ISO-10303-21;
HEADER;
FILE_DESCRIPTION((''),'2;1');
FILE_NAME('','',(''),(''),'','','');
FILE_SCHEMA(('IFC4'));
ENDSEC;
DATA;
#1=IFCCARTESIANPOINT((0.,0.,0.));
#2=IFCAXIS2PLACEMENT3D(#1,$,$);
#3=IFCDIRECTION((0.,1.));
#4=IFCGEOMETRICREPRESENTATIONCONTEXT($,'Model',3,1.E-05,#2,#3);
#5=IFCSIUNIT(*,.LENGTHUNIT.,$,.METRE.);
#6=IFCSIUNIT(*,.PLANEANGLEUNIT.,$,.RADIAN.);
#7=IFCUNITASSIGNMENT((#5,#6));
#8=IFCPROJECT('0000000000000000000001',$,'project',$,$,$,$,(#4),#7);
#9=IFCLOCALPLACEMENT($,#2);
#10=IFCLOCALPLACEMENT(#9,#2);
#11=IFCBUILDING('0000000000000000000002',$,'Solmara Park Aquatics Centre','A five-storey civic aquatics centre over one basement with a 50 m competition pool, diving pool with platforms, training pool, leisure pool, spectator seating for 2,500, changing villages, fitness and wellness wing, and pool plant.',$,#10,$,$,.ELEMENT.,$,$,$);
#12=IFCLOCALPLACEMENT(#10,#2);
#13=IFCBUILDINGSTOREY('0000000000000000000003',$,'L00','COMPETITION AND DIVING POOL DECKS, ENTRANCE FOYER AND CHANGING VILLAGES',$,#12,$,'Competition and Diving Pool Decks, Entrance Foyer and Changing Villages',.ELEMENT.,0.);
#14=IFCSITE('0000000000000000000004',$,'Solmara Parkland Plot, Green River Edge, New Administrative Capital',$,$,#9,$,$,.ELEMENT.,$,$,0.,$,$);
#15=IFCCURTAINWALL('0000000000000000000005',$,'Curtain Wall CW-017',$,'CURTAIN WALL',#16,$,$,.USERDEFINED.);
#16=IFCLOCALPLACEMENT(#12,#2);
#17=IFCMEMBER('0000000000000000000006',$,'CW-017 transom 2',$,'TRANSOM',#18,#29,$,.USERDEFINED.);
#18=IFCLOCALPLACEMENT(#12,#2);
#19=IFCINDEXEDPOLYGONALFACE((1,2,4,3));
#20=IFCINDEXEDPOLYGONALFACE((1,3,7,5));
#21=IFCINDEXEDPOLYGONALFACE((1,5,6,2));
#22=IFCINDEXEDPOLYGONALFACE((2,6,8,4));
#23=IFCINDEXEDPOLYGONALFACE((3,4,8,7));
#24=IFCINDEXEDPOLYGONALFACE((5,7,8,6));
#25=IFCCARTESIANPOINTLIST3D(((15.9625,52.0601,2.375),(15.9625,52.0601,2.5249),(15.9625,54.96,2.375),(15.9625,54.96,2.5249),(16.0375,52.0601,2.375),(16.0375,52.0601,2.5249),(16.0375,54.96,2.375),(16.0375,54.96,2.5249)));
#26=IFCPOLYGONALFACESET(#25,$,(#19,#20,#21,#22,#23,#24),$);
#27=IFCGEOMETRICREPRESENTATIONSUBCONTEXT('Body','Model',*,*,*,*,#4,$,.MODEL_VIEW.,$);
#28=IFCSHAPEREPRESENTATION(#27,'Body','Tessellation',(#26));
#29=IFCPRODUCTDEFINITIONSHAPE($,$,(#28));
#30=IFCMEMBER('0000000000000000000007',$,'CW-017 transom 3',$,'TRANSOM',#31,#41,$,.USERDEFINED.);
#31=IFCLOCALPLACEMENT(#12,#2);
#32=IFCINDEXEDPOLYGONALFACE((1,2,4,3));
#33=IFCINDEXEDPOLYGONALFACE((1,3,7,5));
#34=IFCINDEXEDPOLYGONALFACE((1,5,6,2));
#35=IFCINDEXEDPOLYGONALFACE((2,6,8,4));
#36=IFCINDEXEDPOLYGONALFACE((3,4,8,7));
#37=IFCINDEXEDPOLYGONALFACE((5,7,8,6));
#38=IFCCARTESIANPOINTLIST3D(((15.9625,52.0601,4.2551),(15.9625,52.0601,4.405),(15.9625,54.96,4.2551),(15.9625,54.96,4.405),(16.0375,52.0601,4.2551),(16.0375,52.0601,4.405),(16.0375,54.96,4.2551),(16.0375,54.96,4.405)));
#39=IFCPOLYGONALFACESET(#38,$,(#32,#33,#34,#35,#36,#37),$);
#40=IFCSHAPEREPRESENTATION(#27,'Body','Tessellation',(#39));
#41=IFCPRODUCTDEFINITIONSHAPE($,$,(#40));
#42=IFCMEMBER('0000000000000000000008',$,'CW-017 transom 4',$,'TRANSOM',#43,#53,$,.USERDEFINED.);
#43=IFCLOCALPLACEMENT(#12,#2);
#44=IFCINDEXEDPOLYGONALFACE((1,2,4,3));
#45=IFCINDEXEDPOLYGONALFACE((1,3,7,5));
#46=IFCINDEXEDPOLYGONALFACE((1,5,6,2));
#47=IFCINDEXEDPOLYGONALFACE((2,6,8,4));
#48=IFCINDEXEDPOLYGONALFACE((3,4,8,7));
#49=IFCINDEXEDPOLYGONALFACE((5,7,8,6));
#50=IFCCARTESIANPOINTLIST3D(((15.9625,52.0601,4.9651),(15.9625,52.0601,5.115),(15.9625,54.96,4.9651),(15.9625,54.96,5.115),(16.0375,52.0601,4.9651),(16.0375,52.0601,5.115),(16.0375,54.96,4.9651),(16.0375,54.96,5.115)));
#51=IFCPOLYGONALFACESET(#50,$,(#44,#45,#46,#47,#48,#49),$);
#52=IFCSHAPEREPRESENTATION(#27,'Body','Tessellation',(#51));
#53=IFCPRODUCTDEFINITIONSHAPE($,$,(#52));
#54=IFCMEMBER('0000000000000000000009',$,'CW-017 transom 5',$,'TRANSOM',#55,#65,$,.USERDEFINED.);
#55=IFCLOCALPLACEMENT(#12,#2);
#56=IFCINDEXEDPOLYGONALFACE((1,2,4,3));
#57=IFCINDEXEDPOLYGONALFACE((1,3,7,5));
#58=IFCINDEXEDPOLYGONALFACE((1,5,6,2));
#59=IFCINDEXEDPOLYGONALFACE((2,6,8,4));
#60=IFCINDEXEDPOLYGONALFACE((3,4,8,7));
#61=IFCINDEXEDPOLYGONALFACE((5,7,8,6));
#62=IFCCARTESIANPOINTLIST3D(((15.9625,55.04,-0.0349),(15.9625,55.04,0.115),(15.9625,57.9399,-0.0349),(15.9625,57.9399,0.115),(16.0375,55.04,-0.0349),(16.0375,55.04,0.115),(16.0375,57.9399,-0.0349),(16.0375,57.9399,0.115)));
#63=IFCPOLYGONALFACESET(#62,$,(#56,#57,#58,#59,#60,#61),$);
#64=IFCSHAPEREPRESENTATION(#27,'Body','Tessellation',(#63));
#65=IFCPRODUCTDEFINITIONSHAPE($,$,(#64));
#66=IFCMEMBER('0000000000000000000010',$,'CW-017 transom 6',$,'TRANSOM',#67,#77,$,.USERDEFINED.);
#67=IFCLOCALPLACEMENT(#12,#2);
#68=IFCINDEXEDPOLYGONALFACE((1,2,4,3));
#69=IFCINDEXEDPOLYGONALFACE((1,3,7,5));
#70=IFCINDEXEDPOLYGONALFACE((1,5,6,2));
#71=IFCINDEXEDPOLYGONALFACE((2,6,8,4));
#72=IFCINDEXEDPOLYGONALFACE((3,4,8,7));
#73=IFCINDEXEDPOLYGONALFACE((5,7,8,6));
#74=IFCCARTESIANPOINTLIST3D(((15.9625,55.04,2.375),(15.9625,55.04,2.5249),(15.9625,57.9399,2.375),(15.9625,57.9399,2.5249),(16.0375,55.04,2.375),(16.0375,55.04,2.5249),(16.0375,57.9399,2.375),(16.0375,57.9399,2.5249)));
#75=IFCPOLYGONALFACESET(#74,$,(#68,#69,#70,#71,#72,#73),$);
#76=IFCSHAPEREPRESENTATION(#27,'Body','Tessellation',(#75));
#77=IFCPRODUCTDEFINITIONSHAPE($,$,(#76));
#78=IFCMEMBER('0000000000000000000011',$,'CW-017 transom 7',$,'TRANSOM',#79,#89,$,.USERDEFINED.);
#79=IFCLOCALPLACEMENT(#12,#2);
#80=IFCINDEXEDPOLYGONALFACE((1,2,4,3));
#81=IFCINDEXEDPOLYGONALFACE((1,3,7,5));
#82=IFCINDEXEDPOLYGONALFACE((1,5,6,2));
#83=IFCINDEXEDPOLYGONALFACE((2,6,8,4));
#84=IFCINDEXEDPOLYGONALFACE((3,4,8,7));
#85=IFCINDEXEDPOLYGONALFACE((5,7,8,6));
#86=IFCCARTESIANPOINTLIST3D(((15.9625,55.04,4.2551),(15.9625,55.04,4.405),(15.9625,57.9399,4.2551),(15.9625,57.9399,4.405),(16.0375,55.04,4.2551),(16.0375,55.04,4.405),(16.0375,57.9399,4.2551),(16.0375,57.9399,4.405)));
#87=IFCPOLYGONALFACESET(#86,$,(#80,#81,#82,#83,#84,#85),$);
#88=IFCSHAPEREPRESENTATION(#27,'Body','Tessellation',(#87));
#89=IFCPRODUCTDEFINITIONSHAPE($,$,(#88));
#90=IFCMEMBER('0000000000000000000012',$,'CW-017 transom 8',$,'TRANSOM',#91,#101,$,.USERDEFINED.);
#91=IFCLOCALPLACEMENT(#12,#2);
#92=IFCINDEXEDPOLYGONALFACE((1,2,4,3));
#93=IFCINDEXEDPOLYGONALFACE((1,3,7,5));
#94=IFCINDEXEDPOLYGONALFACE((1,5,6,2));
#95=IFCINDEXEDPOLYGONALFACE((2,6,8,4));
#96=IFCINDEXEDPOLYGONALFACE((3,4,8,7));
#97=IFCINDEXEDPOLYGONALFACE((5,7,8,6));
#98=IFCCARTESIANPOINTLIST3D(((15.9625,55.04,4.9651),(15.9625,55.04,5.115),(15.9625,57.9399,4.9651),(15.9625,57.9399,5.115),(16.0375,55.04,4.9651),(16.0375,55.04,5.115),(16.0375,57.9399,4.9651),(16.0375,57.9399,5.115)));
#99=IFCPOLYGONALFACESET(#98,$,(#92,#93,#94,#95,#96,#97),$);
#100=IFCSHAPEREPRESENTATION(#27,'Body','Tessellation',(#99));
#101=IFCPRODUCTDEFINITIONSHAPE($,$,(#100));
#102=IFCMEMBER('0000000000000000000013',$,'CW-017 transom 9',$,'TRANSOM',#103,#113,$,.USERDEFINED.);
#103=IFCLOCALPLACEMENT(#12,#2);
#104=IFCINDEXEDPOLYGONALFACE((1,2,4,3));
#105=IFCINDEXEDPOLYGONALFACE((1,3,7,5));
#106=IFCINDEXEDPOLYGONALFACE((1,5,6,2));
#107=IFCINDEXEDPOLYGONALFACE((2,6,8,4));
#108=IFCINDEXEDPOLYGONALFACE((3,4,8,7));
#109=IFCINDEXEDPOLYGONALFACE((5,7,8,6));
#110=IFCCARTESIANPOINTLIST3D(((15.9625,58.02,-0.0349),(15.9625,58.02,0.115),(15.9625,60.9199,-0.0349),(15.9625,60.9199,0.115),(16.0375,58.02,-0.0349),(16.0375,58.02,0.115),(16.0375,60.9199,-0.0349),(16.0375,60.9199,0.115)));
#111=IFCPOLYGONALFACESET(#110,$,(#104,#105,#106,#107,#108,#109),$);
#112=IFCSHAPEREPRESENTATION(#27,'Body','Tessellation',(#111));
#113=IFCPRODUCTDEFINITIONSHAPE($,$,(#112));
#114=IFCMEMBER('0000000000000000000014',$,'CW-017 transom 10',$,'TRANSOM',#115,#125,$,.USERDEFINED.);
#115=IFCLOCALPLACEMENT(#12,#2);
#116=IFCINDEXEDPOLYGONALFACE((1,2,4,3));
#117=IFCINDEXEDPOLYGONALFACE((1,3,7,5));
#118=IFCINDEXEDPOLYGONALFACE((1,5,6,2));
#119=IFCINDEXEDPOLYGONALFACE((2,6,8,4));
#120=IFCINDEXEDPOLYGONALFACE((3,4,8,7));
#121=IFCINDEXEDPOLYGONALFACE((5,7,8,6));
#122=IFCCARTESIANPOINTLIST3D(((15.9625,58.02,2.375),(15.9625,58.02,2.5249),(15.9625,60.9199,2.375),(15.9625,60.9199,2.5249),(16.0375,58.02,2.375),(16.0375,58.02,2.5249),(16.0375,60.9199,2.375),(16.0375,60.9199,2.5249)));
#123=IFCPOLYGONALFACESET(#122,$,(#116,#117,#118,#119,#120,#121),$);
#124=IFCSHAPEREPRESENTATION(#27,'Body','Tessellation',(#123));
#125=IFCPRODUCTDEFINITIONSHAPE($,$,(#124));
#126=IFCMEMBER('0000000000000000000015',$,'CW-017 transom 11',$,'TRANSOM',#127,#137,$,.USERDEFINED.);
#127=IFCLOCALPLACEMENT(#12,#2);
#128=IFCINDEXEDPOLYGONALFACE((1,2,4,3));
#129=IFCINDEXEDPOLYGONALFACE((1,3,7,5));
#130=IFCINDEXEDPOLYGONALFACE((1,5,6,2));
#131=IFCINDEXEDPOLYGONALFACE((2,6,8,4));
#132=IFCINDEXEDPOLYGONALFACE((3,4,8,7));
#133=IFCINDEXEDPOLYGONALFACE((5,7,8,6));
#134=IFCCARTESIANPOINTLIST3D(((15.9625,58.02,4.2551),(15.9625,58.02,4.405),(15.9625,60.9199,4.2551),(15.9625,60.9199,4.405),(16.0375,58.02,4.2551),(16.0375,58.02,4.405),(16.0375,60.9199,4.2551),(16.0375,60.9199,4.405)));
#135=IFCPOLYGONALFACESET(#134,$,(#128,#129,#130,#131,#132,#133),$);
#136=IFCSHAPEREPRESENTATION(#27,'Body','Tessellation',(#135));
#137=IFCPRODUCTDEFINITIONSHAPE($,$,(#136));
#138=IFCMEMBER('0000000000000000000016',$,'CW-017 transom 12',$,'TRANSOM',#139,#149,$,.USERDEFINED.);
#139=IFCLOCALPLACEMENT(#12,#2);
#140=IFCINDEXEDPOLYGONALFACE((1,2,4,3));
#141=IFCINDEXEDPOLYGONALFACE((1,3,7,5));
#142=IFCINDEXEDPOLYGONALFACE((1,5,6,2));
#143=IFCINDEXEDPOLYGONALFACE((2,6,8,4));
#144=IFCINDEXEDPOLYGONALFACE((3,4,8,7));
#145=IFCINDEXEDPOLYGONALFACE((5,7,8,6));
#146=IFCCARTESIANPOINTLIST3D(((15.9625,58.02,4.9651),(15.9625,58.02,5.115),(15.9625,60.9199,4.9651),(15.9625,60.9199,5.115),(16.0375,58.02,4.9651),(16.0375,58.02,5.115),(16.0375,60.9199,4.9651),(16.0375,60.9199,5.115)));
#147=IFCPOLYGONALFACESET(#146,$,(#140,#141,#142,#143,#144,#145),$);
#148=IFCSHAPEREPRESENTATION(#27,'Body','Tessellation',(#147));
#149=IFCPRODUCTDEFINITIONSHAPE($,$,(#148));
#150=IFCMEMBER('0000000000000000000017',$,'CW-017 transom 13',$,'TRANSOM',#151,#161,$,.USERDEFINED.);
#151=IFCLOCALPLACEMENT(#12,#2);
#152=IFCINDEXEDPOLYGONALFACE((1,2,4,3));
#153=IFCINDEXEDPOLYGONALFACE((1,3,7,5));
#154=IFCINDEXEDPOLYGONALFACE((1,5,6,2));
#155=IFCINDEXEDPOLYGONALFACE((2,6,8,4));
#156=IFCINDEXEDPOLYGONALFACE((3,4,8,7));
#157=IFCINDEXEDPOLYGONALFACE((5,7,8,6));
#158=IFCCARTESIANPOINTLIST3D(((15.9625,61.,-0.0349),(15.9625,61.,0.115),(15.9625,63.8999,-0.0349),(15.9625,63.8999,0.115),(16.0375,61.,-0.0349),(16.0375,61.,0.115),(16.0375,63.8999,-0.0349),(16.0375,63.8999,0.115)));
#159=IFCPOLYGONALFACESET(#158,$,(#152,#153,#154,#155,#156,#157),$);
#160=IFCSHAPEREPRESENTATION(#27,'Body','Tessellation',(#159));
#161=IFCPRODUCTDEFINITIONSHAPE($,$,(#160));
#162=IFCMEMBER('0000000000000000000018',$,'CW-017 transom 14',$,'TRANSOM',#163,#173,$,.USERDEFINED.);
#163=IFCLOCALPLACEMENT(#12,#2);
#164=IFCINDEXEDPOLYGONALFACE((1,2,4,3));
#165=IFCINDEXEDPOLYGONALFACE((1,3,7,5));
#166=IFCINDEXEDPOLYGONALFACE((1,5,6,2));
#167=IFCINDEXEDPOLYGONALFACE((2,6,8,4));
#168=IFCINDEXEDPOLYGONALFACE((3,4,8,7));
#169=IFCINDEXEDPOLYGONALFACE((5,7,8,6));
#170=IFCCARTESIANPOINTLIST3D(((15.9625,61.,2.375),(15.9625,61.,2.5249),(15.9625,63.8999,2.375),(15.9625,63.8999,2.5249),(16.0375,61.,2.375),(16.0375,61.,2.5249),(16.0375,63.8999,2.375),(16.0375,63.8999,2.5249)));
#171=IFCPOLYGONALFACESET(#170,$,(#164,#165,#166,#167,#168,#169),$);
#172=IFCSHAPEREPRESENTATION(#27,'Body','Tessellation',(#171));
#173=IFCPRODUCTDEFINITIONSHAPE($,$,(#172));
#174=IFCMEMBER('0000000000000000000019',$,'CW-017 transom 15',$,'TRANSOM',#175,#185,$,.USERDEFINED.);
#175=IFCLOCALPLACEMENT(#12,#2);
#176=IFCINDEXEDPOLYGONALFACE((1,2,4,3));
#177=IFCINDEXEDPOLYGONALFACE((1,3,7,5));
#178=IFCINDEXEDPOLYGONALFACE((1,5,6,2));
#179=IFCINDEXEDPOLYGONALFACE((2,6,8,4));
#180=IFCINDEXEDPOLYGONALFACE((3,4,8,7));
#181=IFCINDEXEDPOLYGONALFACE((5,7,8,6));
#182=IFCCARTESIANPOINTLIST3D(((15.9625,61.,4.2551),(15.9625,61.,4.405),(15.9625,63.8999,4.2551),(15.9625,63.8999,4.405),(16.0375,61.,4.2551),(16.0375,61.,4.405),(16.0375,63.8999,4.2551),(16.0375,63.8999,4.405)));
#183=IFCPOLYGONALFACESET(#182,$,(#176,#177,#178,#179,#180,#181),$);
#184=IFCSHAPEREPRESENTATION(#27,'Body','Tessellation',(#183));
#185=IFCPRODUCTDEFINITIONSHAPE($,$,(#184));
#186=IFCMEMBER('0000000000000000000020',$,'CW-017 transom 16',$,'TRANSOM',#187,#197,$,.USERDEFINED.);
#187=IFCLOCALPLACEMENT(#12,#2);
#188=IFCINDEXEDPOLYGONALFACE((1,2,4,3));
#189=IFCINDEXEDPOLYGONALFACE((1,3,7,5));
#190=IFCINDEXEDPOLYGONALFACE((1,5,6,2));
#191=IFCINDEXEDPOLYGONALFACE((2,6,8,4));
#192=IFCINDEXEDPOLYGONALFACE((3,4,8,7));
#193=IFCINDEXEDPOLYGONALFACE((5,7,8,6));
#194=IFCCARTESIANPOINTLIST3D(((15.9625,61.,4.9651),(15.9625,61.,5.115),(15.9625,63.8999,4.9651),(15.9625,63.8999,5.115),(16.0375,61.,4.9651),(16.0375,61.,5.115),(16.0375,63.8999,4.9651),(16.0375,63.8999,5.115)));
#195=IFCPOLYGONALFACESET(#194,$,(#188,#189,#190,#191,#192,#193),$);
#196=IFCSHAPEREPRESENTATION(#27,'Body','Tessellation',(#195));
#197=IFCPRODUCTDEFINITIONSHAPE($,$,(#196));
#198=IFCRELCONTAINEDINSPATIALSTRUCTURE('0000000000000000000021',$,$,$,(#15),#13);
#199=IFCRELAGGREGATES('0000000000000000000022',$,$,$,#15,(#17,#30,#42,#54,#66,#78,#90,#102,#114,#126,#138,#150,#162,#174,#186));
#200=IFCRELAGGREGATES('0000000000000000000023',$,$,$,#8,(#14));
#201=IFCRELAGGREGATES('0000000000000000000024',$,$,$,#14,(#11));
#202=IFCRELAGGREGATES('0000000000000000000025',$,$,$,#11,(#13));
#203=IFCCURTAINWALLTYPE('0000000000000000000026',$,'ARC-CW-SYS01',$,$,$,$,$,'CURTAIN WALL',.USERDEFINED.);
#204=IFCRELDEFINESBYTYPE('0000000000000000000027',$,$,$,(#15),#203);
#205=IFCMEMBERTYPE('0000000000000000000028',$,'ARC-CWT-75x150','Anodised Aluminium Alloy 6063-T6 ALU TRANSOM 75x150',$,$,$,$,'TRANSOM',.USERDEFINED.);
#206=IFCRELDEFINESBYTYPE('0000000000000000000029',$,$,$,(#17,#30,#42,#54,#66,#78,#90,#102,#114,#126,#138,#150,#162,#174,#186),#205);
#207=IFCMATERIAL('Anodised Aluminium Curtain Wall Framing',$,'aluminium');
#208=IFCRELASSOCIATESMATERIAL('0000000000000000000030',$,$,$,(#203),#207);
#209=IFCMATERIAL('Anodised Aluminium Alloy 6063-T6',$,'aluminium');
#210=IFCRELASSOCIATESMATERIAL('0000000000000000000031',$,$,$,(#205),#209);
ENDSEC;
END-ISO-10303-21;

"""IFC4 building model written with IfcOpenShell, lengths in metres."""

from ifc_helpers import new_model, si_unit, direction, frame, origin, origin_2d, place, context, subcontext, project, spatial, rectangle, extrude, material, material_profile, profile_set, type_object, element, aggregate, save


model = new_model("IFC4")

# Units and contexts
model_context = context("Model", 3, precision=1e-05, world=origin(), true_north=direction((0.0, 1.0)))
body_context = subcontext(model_context, "Body", "Model", "MODEL_VIEW")
ifc_project = project(units=[si_unit("LENGTHUNIT", "METRE"), si_unit("PLANEANGLEUNIT", "RADIAN")], contexts=[model_context])

# Site, building, storey
site_placement = place(None, origin())
site = spatial("IfcSite", under=ifc_project, at=site_placement, Name="Solmara Parkland Plot, Green River Edge, New Administrative Capital", CompositionType="ELEMENT", RefElevation=0.0)
building_placement = place(site_placement, origin())
building = spatial("IfcBuilding", under=site, at=building_placement, Name="Solmara Park Aquatics Centre", Description="A five-storey civic aquatics centre over one basement with a 50 m competition pool, diving pool with platforms, training pool, leisure pool, spectator seating for 2,500, changing villages, fitness and wellness wing, and pool plant.", CompositionType="ELEMENT")
storey_placement = place(building_placement, origin())
storey = spatial("IfcBuildingStorey", under=building, at=storey_placement, Name="L00", Description="COMPETITION AND DIVING POOL DECKS, ENTRANCE FOYER AND CHANGING VILLAGES", LongName="Competition and Diving Pool Decks, Entrance Foyer and Changing Villages", CompositionType="ELEMENT", Elevation=0.0)

# Shared definitions
ifc_material_1 = material(Name="Anodised Aluminium Curtain Wall Framing", Category="aluminium")
curtain_wall_type = type_object("IfcCurtainWallType", Name="ARC-CW-SYS01", ElementType="CURTAIN WALL", PredefinedType="USERDEFINED", material=ifc_material_1)
ifc_material_2 = material(Name="Anodised Aluminium Alloy 6063-T6", Category="aluminium")

# Curtain wall, members
curtain_wall_1_placement = place(storey_placement, origin())
curtain_wall_1 = element("IfcCurtainWall", 1, at=curtain_wall_1_placement, inside=storey, type_object=curtain_wall_type, Name="Curtain Wall CW-017", ObjectType="CURTAIN WALL", PredefinedType="USERDEFINED")
ifc_material_profile_1 = material_profile(ifc_material_2, rectangle(XDim=0.075, YDim=0.1499, at=origin_2d()), Name="ALU TRANSOM 75x150")
ifc_profile_set_1 = profile_set([ifc_material_profile_1], Name="Anodised Aluminium Alloy 6063-T6")
member_type_1 = type_object("IfcMemberType", Name="ARC-CWT-75x150", Description="Anodised Aluminium Alloy 6063-T6 ALU TRANSOM 75x150", ElementType="TRANSOM", PredefinedType="USERDEFINED", material=ifc_profile_set_1)
member_1_placement = place(storey_placement, frame((16.0, 52.0601, 2.45), z_axis=(0.0, 1.0, 0.0), x_axis=(-1.0, 0.0, 0.0)))
member_1 = element("IfcMember", 2, at=member_1_placement, type_object=member_type_1, Name="CW-017 transom 2", ObjectType="TRANSOM", PredefinedType="USERDEFINED", context=body_context, shape_type="SweptSolid", body=[
    extrude(rectangle(XDim=0.075, YDim=0.1499, at=origin_2d()), origin(), (0.0, 0.0, 1.0), 2.8999),
])
member_2_placement = place(storey_placement, frame((16.0, 52.0601, 4.3301), z_axis=(0.0, 1.0, 0.0), x_axis=(-1.0, 0.0, 0.0)))
member_2 = element("IfcMember", 3, at=member_2_placement, type_object=member_type_1, Name="CW-017 transom 3", ObjectType="TRANSOM", PredefinedType="USERDEFINED", context=body_context, shape_type="SweptSolid", body=[
    extrude(rectangle(XDim=0.075, YDim=0.1499, at=origin_2d()), origin(), (0.0, 0.0, 1.0), 2.8999),
])
member_3_placement = place(storey_placement, frame((16.0, 52.0601, 5.04), z_axis=(0.0, 1.0, 0.0), x_axis=(-1.0, 0.0, 0.0)))
member_3 = element("IfcMember", 4, at=member_3_placement, type_object=member_type_1, Name="CW-017 transom 4", ObjectType="TRANSOM", PredefinedType="USERDEFINED", context=body_context, shape_type="SweptSolid", body=[
    extrude(rectangle(XDim=0.075, YDim=0.1499, at=origin_2d()), origin(), (0.0, 0.0, 1.0), 2.8999),
])
member_4_placement = place(storey_placement, frame((16.0, 55.04, 0.04), z_axis=(0.0, 1.0, 0.0), x_axis=(-1.0, 0.0, 0.0)))
member_4 = element("IfcMember", 5, at=member_4_placement, type_object=member_type_1, Name="CW-017 transom 5", ObjectType="TRANSOM", PredefinedType="USERDEFINED", context=body_context, shape_type="SweptSolid", body=[
    extrude(rectangle(XDim=0.075, YDim=0.1499, at=origin_2d()), origin(), (0.0, 0.0, 1.0), 2.8999),
])
member_5_placement = place(storey_placement, frame((16.0, 55.04, 2.45), z_axis=(0.0, 1.0, 0.0), x_axis=(-1.0, 0.0, 0.0)))
member_5 = element("IfcMember", 6, at=member_5_placement, type_object=member_type_1, Name="CW-017 transom 6", ObjectType="TRANSOM", PredefinedType="USERDEFINED", context=body_context, shape_type="SweptSolid", body=[
    extrude(rectangle(XDim=0.075, YDim=0.1499, at=origin_2d()), origin(), (0.0, 0.0, 1.0), 2.8999),
])
member_6_placement = place(storey_placement, frame((16.0, 55.04, 4.3301), z_axis=(0.0, 1.0, 0.0), x_axis=(-1.0, 0.0, 0.0)))
member_6 = element("IfcMember", 7, at=member_6_placement, type_object=member_type_1, Name="CW-017 transom 7", ObjectType="TRANSOM", PredefinedType="USERDEFINED", context=body_context, shape_type="SweptSolid", body=[
    extrude(rectangle(XDim=0.075, YDim=0.1499, at=origin_2d()), origin(), (0.0, 0.0, 1.0), 2.8999),
])
member_7_placement = place(storey_placement, frame((16.0, 55.04, 5.04), z_axis=(0.0, 1.0, 0.0), x_axis=(-1.0, 0.0, 0.0)))
member_7 = element("IfcMember", 8, at=member_7_placement, type_object=member_type_1, Name="CW-017 transom 8", ObjectType="TRANSOM", PredefinedType="USERDEFINED", context=body_context, shape_type="SweptSolid", body=[
    extrude(rectangle(XDim=0.075, YDim=0.1499, at=origin_2d()), origin(), (0.0, 0.0, 1.0), 2.8999),
])
member_8_placement = place(storey_placement, frame((16.0, 58.02, 0.04), z_axis=(0.0, 1.0, 0.0), x_axis=(-1.0, 0.0, 0.0)))
member_8 = element("IfcMember", 9, at=member_8_placement, type_object=member_type_1, Name="CW-017 transom 9", ObjectType="TRANSOM", PredefinedType="USERDEFINED", context=body_context, shape_type="SweptSolid", body=[
    extrude(rectangle(XDim=0.075, YDim=0.1499, at=origin_2d()), origin(), (0.0, 0.0, 1.0), 2.8999),
])
member_9_placement = place(storey_placement, frame((16.0, 58.02, 2.45), z_axis=(0.0, 1.0, 0.0), x_axis=(-1.0, 0.0, 0.0)))
member_9 = element("IfcMember", 10, at=member_9_placement, type_object=member_type_1, Name="CW-017 transom 10", ObjectType="TRANSOM", PredefinedType="USERDEFINED", context=body_context, shape_type="SweptSolid", body=[
    extrude(rectangle(XDim=0.075, YDim=0.1499, at=origin_2d()), origin(), (0.0, 0.0, 1.0), 2.8999),
])
member_10_placement = place(storey_placement, frame((16.0, 58.02, 4.3301), z_axis=(0.0, 1.0, 0.0), x_axis=(-1.0, 0.0, 0.0)))
member_10 = element("IfcMember", 11, at=member_10_placement, type_object=member_type_1, Name="CW-017 transom 11", ObjectType="TRANSOM", PredefinedType="USERDEFINED", context=body_context, shape_type="SweptSolid", body=[
    extrude(rectangle(XDim=0.075, YDim=0.1499, at=origin_2d()), origin(), (0.0, 0.0, 1.0), 2.8999),
])
member_11_placement = place(storey_placement, frame((16.0, 58.02, 5.04), z_axis=(0.0, 1.0, 0.0), x_axis=(-1.0, 0.0, 0.0)))
member_11 = element("IfcMember", 12, at=member_11_placement, type_object=member_type_1, Name="CW-017 transom 12", ObjectType="TRANSOM", PredefinedType="USERDEFINED", context=body_context, shape_type="SweptSolid", body=[
    extrude(rectangle(XDim=0.075, YDim=0.1499, at=origin_2d()), origin(), (0.0, 0.0, 1.0), 2.8999),
])
member_12_placement = place(storey_placement, frame((16.0, 61.0, 0.04), z_axis=(0.0, 1.0, 0.0), x_axis=(-1.0, 0.0, 0.0)))
member_12 = element("IfcMember", 13, at=member_12_placement, type_object=member_type_1, Name="CW-017 transom 13", ObjectType="TRANSOM", PredefinedType="USERDEFINED", context=body_context, shape_type="SweptSolid", body=[
    extrude(rectangle(XDim=0.075, YDim=0.1499, at=origin_2d()), origin(), (0.0, 0.0, 1.0), 2.8999),
])
member_13_placement = place(storey_placement, frame((16.0, 61.0, 2.45), z_axis=(0.0, 1.0, 0.0), x_axis=(-1.0, 0.0, 0.0)))
member_13 = element("IfcMember", 14, at=member_13_placement, type_object=member_type_1, Name="CW-017 transom 14", ObjectType="TRANSOM", PredefinedType="USERDEFINED", context=body_context, shape_type="SweptSolid", body=[
    extrude(rectangle(XDim=0.075, YDim=0.1499, at=origin_2d()), origin(), (0.0, 0.0, 1.0), 2.8999),
])
member_14_placement = place(storey_placement, frame((16.0, 61.0, 4.3301), z_axis=(0.0, 1.0, 0.0), x_axis=(-1.0, 0.0, 0.0)))
member_14 = element("IfcMember", 15, at=member_14_placement, type_object=member_type_1, Name="CW-017 transom 15", ObjectType="TRANSOM", PredefinedType="USERDEFINED", context=body_context, shape_type="SweptSolid", body=[
    extrude(rectangle(XDim=0.075, YDim=0.1499, at=origin_2d()), origin(), (0.0, 0.0, 1.0), 2.8999),
])
member_15_placement = place(storey_placement, frame((16.0, 61.0, 5.04), z_axis=(0.0, 1.0, 0.0), x_axis=(-1.0, 0.0, 0.0)))
member_15 = element("IfcMember", 16, at=member_15_placement, type_object=member_type_1, Name="CW-017 transom 16", ObjectType="TRANSOM", PredefinedType="USERDEFINED", context=body_context, shape_type="SweptSolid", body=[
    extrude(rectangle(XDim=0.075, YDim=0.1499, at=origin_2d()), origin(), (0.0, 0.0, 1.0), 2.8999),
])

aggregate(curtain_wall_1, [member_1, member_2, member_3, member_4, member_5, member_6, member_7, member_8, member_9, member_10, member_11, member_12, member_13, member_14, member_15])

save(model, "model.ifc")
